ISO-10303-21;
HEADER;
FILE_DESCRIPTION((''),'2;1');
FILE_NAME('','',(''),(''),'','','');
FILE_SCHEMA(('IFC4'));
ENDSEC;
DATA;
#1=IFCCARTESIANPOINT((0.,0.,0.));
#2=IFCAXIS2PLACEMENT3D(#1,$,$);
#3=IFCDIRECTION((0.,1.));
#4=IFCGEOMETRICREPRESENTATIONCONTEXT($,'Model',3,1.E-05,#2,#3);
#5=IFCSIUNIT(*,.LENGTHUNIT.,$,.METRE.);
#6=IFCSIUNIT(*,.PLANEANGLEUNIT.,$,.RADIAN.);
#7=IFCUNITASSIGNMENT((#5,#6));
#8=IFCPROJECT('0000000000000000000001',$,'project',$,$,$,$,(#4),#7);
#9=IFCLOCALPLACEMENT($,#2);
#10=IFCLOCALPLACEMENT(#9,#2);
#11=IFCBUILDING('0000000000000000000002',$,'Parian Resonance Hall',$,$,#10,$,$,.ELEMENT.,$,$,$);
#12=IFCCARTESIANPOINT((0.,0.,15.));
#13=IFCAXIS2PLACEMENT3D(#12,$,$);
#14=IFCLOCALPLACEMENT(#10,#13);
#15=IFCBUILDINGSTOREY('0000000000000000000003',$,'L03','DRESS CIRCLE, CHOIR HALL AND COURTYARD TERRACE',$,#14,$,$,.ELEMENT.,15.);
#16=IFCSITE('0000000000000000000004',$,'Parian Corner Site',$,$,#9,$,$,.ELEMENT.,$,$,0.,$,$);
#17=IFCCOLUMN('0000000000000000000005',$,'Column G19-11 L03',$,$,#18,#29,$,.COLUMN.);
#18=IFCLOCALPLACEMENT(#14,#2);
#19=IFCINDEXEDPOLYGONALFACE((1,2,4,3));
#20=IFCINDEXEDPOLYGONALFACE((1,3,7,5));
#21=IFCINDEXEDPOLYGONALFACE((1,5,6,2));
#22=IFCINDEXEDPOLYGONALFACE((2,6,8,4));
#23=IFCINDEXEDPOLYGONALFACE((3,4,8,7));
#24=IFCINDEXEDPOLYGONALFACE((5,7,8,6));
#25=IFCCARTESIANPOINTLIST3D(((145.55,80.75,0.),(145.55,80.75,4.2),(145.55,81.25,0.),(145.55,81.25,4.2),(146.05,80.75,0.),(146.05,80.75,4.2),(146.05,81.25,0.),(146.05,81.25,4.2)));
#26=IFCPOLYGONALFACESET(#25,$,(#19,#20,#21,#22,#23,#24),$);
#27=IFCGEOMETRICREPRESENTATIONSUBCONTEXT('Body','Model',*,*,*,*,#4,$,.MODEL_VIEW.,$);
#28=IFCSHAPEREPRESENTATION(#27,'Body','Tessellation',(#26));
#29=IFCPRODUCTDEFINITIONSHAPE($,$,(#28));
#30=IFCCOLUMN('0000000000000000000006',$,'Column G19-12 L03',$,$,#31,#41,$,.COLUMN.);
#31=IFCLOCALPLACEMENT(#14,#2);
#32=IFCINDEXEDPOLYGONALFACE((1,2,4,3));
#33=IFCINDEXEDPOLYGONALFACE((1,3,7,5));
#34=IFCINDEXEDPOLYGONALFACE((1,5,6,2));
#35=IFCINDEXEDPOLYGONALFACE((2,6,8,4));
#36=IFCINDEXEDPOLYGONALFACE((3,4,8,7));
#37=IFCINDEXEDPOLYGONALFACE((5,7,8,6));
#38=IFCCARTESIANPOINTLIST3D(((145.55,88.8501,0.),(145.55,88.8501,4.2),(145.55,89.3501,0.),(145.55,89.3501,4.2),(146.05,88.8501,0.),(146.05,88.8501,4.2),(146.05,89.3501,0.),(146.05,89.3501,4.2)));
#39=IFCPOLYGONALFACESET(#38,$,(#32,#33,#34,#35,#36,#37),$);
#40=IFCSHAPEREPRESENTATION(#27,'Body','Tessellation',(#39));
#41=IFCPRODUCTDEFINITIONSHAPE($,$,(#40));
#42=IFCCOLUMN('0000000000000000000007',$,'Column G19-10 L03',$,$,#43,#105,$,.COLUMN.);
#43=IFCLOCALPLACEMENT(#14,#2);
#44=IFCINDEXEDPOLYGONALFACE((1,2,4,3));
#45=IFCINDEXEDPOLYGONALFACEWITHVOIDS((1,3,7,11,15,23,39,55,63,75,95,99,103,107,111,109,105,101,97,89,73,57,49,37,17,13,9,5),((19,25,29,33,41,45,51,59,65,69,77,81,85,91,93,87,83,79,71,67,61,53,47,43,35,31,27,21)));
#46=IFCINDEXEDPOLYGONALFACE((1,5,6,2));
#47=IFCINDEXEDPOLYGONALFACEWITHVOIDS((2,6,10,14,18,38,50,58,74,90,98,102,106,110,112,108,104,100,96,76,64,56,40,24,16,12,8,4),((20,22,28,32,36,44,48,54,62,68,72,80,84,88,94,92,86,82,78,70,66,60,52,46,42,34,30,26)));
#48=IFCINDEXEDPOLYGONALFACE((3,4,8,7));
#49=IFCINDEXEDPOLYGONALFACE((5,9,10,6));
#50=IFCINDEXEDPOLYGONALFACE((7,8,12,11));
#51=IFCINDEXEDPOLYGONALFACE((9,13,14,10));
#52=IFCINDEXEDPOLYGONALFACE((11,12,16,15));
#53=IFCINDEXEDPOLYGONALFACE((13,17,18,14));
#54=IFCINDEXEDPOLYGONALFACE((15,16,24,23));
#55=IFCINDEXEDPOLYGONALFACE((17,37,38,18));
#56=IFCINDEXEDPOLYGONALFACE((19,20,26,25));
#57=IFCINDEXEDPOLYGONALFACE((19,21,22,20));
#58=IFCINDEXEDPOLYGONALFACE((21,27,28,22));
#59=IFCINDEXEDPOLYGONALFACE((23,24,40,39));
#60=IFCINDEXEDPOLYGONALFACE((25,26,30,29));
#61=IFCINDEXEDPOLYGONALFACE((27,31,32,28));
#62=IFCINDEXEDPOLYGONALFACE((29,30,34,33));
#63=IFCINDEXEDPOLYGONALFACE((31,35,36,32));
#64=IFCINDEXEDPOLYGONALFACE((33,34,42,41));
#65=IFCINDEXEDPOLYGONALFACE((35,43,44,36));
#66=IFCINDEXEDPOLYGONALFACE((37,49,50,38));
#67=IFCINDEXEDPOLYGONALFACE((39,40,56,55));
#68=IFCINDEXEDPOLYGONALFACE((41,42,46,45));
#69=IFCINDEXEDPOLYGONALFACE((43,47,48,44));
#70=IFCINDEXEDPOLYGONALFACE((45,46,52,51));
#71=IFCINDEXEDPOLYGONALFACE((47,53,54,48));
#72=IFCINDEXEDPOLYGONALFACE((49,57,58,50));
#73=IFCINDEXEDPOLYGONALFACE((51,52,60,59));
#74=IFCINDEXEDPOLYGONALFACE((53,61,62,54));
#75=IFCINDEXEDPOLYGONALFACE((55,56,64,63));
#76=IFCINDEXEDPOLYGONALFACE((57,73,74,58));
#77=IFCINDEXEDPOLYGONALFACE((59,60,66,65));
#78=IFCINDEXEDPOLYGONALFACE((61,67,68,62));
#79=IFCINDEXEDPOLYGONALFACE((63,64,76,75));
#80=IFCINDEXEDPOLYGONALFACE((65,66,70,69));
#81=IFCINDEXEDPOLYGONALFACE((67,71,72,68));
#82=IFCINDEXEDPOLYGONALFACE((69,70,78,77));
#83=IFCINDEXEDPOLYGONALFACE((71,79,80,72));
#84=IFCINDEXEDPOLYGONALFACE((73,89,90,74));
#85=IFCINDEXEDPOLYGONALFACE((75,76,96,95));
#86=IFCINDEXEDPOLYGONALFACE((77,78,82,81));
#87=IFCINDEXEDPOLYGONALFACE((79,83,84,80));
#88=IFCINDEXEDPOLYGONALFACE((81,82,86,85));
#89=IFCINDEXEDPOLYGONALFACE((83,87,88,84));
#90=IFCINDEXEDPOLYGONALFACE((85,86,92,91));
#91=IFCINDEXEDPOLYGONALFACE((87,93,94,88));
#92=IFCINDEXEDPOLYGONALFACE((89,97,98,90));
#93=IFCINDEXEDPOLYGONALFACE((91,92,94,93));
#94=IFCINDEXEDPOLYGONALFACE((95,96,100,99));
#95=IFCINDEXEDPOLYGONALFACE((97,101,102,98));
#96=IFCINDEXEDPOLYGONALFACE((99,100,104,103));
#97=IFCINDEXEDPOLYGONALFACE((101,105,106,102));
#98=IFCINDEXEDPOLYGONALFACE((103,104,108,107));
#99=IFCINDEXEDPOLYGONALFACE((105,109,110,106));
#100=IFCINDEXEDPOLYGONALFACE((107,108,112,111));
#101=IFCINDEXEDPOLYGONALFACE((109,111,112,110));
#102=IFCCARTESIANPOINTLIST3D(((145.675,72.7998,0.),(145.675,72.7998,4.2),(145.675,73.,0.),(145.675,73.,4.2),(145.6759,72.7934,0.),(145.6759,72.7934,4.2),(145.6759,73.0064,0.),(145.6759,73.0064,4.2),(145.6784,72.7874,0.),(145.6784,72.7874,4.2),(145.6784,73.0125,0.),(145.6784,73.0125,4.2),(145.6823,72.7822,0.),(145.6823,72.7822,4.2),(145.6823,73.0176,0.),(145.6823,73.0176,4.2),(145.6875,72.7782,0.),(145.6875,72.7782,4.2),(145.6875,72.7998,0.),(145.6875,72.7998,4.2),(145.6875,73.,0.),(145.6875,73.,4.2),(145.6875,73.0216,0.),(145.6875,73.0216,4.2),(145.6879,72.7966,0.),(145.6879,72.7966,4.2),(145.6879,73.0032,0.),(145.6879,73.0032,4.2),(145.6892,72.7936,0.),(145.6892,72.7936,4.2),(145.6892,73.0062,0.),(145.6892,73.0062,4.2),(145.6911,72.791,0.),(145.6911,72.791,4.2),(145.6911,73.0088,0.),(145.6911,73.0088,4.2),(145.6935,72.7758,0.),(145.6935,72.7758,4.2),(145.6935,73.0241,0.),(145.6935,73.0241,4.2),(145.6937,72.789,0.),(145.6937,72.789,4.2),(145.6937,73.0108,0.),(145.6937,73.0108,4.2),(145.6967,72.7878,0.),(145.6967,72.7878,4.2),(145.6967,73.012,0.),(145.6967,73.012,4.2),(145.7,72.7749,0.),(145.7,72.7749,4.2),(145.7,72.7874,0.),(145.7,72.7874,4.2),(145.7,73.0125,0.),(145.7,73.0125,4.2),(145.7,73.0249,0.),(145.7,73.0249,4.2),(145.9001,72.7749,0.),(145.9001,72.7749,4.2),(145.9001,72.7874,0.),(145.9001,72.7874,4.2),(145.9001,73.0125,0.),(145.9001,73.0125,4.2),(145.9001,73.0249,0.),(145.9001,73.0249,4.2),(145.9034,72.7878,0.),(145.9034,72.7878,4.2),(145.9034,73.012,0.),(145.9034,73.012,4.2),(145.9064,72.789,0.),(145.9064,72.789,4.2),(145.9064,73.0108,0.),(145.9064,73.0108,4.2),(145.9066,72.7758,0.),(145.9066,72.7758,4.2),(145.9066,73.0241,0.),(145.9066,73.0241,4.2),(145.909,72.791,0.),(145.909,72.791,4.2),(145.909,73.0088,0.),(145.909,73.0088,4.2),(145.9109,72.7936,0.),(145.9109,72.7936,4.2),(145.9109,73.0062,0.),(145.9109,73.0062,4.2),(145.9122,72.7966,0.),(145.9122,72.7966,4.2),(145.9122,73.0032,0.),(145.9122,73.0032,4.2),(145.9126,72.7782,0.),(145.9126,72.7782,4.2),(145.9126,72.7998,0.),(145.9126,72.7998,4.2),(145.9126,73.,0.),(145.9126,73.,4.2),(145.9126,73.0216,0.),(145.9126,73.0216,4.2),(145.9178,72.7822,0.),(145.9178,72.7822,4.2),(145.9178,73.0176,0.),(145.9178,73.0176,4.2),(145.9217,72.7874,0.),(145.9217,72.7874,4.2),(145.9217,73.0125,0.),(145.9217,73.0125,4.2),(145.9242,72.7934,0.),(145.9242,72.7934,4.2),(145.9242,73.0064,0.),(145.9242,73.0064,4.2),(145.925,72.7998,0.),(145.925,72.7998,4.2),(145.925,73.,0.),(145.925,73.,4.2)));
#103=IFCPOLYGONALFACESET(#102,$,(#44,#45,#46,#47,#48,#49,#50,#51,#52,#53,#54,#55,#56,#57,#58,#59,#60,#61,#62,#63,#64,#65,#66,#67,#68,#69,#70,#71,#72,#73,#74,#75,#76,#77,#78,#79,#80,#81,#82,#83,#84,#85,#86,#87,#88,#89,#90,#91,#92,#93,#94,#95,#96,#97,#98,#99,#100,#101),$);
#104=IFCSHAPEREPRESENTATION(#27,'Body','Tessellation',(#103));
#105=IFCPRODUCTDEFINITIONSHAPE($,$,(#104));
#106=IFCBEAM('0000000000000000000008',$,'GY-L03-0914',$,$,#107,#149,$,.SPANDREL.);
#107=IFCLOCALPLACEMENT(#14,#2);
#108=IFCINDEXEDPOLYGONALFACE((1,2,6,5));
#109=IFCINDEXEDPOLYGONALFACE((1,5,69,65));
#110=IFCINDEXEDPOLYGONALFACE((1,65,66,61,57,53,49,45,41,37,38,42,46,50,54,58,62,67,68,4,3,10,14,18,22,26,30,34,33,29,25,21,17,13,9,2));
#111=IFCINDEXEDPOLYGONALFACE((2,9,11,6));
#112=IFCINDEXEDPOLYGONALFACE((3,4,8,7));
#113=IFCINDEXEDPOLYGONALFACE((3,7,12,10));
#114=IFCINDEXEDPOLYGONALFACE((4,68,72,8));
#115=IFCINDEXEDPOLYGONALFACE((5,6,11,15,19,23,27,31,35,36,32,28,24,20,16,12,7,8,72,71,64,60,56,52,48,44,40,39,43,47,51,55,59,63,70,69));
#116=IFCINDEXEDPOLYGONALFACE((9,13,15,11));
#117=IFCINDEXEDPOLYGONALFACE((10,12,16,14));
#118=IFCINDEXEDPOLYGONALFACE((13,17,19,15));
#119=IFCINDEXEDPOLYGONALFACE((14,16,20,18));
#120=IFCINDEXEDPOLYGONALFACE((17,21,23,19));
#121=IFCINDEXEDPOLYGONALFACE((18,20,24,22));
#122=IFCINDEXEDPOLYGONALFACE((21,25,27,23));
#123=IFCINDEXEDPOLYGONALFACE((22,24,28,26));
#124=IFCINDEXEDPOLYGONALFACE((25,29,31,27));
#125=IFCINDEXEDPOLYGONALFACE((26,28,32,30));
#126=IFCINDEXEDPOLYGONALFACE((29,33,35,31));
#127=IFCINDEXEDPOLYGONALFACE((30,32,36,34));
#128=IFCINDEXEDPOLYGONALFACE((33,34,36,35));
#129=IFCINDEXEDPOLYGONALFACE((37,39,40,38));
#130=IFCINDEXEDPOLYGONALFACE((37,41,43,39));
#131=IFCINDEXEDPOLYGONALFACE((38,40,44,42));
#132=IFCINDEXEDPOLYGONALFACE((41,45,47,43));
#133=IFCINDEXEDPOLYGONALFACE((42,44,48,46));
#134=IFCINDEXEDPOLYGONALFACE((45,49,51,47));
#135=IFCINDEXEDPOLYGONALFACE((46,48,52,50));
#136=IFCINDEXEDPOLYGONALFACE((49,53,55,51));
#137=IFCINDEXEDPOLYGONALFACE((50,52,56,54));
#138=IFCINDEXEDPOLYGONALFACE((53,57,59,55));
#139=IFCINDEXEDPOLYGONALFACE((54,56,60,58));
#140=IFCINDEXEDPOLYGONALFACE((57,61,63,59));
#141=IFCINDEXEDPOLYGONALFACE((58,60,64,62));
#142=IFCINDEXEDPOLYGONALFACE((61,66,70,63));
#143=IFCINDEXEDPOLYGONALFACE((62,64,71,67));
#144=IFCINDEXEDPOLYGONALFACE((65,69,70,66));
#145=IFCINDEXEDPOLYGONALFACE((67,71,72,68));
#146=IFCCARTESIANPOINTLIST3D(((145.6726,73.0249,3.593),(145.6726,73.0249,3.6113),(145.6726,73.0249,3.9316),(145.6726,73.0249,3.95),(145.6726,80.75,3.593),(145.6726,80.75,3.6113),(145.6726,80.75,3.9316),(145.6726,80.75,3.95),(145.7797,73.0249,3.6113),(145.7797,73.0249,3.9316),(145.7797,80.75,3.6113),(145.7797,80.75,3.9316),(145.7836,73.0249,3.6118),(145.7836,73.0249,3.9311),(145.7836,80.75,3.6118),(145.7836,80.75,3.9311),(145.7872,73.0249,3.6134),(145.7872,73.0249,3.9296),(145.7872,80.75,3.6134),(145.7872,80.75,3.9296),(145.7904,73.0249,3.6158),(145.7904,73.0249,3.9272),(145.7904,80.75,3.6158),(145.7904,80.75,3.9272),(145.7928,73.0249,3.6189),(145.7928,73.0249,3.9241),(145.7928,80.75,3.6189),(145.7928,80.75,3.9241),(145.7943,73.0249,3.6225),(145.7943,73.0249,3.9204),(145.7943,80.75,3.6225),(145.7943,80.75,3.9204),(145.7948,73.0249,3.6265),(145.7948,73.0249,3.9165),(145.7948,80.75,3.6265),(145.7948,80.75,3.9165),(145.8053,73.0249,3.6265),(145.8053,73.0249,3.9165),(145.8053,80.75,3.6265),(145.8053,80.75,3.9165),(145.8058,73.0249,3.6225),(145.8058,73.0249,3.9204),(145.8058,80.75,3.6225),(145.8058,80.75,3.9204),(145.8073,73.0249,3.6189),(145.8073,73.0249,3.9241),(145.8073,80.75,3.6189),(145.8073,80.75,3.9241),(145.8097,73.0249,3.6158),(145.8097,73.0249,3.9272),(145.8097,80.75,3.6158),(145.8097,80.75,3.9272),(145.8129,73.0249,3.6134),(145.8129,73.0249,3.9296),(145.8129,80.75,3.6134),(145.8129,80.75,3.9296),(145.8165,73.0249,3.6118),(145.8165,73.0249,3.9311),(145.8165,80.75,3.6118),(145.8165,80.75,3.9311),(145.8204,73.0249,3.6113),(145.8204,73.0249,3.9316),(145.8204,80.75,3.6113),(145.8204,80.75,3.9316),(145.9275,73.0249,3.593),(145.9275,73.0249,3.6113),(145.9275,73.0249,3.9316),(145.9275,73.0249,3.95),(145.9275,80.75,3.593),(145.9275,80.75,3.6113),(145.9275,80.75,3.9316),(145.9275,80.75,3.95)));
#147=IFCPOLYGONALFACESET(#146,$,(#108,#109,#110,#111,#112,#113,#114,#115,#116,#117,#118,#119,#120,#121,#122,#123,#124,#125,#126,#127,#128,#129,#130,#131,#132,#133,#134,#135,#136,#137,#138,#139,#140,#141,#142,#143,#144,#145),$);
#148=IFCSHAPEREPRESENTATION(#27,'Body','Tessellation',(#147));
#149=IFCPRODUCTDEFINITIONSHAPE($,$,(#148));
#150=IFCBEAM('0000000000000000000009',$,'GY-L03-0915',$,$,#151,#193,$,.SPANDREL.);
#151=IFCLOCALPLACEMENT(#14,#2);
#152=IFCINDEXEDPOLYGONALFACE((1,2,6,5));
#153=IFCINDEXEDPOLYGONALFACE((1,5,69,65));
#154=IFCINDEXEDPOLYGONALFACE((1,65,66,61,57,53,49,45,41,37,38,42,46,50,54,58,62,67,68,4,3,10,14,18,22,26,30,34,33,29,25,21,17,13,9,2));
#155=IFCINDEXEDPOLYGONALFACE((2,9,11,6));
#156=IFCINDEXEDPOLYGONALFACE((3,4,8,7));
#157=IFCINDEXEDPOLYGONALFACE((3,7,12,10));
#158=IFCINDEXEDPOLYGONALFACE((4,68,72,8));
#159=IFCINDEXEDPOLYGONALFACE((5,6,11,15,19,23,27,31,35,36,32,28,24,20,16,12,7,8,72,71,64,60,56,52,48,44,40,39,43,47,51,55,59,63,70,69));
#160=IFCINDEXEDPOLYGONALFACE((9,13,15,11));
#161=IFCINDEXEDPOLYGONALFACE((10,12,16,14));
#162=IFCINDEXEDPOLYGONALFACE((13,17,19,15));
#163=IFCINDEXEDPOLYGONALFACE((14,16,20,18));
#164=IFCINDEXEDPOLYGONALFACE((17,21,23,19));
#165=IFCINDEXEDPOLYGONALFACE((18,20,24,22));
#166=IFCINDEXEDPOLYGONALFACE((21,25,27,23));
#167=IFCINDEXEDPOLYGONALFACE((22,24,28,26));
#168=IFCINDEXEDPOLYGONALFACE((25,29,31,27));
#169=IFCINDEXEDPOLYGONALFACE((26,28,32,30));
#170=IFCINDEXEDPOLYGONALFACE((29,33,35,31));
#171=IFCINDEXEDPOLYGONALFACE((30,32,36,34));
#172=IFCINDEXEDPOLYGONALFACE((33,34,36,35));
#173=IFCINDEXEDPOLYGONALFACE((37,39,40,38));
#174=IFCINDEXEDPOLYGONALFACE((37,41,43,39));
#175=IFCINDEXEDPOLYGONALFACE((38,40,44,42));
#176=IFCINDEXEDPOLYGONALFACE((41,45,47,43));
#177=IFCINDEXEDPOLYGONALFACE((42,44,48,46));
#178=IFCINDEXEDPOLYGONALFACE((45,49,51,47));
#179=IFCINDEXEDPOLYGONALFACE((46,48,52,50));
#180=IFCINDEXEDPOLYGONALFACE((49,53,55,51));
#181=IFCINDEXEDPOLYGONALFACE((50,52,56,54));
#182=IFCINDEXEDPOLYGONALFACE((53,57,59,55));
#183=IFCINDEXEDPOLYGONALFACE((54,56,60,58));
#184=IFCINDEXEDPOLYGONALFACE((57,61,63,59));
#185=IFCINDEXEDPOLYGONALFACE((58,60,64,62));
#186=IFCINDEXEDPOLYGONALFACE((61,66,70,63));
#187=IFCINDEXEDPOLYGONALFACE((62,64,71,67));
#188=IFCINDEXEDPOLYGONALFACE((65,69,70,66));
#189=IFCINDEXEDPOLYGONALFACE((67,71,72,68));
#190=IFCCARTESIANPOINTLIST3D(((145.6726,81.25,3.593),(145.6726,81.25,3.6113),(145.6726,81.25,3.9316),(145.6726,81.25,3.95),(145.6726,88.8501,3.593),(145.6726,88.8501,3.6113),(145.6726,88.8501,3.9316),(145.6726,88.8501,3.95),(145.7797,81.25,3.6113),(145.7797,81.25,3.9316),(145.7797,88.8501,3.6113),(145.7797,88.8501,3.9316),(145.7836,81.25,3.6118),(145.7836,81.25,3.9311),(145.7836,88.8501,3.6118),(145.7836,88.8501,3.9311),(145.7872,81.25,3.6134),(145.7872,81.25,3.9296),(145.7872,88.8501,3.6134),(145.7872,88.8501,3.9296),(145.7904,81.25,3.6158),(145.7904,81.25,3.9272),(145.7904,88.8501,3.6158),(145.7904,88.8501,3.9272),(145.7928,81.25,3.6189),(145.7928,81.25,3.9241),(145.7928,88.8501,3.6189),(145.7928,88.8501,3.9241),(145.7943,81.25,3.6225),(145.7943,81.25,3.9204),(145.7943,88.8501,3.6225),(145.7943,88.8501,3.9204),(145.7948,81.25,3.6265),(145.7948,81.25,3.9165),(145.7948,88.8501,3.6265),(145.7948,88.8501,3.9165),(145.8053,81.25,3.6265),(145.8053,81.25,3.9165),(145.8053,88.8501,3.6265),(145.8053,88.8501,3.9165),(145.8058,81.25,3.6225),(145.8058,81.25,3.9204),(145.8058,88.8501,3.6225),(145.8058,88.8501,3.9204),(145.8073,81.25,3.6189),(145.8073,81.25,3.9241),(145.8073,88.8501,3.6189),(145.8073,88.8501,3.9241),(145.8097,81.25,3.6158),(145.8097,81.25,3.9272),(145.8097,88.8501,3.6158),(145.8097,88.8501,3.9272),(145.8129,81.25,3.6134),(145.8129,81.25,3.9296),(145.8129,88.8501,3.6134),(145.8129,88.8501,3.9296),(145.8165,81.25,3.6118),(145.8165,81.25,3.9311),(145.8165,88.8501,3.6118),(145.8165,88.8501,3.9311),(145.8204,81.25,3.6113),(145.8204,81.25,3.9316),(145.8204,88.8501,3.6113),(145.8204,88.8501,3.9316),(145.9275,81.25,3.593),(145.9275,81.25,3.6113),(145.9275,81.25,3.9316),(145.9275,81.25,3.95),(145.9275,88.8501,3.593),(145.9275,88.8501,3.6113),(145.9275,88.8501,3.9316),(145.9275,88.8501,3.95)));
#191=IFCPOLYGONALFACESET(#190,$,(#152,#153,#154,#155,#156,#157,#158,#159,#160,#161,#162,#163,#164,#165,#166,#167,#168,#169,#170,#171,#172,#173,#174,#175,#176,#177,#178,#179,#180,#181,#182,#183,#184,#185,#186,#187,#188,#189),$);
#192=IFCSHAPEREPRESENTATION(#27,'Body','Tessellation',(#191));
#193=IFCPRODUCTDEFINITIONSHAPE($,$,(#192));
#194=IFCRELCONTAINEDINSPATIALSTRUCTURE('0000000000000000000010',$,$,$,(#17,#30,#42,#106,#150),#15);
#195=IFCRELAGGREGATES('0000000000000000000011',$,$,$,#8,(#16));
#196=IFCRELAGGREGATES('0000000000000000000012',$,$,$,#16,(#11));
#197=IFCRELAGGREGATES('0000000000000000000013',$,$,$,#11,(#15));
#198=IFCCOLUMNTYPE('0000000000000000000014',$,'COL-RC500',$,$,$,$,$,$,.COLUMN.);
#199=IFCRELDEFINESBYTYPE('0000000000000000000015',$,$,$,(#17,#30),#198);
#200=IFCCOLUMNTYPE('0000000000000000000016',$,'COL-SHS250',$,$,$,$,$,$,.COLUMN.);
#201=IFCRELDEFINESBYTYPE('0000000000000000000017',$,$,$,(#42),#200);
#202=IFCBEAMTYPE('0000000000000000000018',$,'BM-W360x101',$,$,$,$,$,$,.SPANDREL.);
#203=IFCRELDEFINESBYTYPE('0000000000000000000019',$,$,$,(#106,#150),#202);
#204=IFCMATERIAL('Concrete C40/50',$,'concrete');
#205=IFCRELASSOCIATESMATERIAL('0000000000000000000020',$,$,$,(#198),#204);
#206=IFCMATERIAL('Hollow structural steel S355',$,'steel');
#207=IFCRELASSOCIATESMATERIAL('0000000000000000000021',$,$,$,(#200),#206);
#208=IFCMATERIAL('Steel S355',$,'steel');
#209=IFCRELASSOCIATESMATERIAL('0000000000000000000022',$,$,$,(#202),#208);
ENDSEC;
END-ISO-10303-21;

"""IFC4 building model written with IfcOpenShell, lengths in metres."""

from ifc_helpers import new_model, si_unit, direction, frame, origin, origin_2d, place, context, subcontext, project, spatial, rectangle, hollow_rectangle, i_section, extrude, material, material_profile, profile_set, type_object, element, save


model = new_model("IFC4")

# Units and contexts
model_context = context("Model", 3, precision=1e-05, world=origin(), true_north=direction((0.0, 1.0)))
body_context = subcontext(model_context, "Body", "Model", "MODEL_VIEW")
ifc_project = project(units=[si_unit("LENGTHUNIT", "METRE"), si_unit("PLANEANGLEUNIT", "RADIAN")], contexts=[model_context])

# Site, building, storey
site_placement = place(None, origin())
site = spatial("IfcSite", under=ifc_project, at=site_placement, Name="Parian Corner Site", CompositionType="ELEMENT", RefElevation=0.0)
building_placement = place(site_placement, origin())
building = spatial("IfcBuilding", under=site, at=building_placement, Name="Parian Resonance Hall", CompositionType="ELEMENT")
storey_placement = place(building_placement, frame((0.0, 0.0, 15.0)))
storey = spatial("IfcBuildingStorey", under=building, at=storey_placement, Name="L03", Description="DRESS CIRCLE, CHOIR HALL AND COURTYARD TERRACE", CompositionType="ELEMENT", Elevation=15.0)

# Columns
ifc_material_1 = material(Name="Concrete C40/50", Category="concrete")
ifc_material_profile_1 = material_profile(ifc_material_1, rectangle(XDim=0.5, YDim=0.5, at=origin_2d()), Name="RC-COL-500x500")
ifc_profile_set_1 = profile_set([ifc_material_profile_1], Name="Concrete C40/50")
column_type_1 = type_object("IfcColumnType", Name="COL-RC500", PredefinedType="COLUMN", material=ifc_profile_set_1)
for number, where, z_axis, x_axis, name in (
    (1, (145.8, 81.0, 0.0), (0.0, 0.0, 1.0), (1.0, 0.0, 0.0), "Column G19-11 L03"),
    (2, (145.8, 89.1001, 0.0), (0.0, 0.0, 1.0), (1.0, 0.0, 0.0), "Column G19-12 L03"),
):
    element("IfcColumn", number, at=place(storey_placement, frame(where, z_axis=z_axis, x_axis=x_axis)), inside=storey, type_object=column_type_1, Name=name, PredefinedType="COLUMN", context=body_context, shape_type="SweptSolid", body=[
        extrude(rectangle(XDim=0.5, YDim=0.5, at=origin_2d()), origin(), (0.0, 0.0, 1.0), 4.2),
    ])
ifc_material_2 = material(Name="Hollow structural steel S355", Category="steel")
ifc_material_profile_2 = material_profile(ifc_material_2, hollow_rectangle(XDim=0.25, YDim=0.25, WallThickness=0.0125, InnerFilletRadius=0.0125, OuterFilletRadius=0.0249, at=origin_2d()), Name="SHS250x250x12.5")
ifc_profile_set_2 = profile_set([ifc_material_profile_2], Name="Hollow structural steel S355")
column_type_2 = type_object("IfcColumnType", Name="COL-SHS250", PredefinedType="COLUMN", material=ifc_profile_set_2)
column_placement = place(storey_placement, frame((145.8, 72.8999, 0.0), z_axis=(0.0, 0.0, 1.0), x_axis=(1.0, 0.0, 0.0)))
element("IfcColumn", 3, at=column_placement, inside=storey, type_object=column_type_2, Name="Column G19-10 L03", PredefinedType="COLUMN", context=body_context, shape_type="SweptSolid", body=[
    extrude(hollow_rectangle(XDim=0.25, YDim=0.25, WallThickness=0.0125, InnerFilletRadius=0.0125, OuterFilletRadius=0.0249, at=origin_2d()), origin(), (0.0, 0.0, 1.0), 4.2),
])

# Beams
ifc_material_3 = material(Name="Steel S355", Category="steel")
ifc_material_profile_3 = material_profile(ifc_material_3, i_section(OverallWidth=0.2549, OverallDepth=0.3569, WebThickness=0.0105, FlangeThickness=0.0183, FilletRadius=0.0151, at=origin_2d()), Name="W360x101")
ifc_profile_set_3 = profile_set([ifc_material_profile_3], Name="Steel S355")
beam_type = type_object("IfcBeamType", Name="BM-W360x101", PredefinedType="SPANDREL", material=ifc_profile_set_3)
beam_1_placement = place(storey_placement, frame((145.8, 73.0249, 3.7715), z_axis=(0.0, 1.0, 0.0), x_axis=(-1.0, 0.0, 0.0)))
element("IfcBeam", 4, at=beam_1_placement, inside=storey, type_object=beam_type, Name="GY-L03-0914", PredefinedType="SPANDREL", context=body_context, shape_type="SweptSolid", body=[
    extrude(i_section(OverallWidth=0.2549, OverallDepth=0.3569, WebThickness=0.0105, FlangeThickness=0.0183, FilletRadius=0.0151, at=origin_2d()), origin(), (0.0, 0.0, 1.0), 7.7251),
])
beam_2_placement = place(storey_placement, frame((145.8, 81.25, 3.7715), z_axis=(0.0, 1.0, 0.0), x_axis=(-1.0, 0.0, 0.0)))
element("IfcBeam", 5, at=beam_2_placement, inside=storey, type_object=beam_type, Name="GY-L03-0915", PredefinedType="SPANDREL", context=body_context, shape_type="SweptSolid", body=[
    extrude(i_section(OverallWidth=0.2549, OverallDepth=0.3569, WebThickness=0.0105, FlangeThickness=0.0183, FilletRadius=0.0151, at=origin_2d()), origin(), (0.0, 0.0, 1.0), 7.6001),
])

save(model, "model.ifc")
